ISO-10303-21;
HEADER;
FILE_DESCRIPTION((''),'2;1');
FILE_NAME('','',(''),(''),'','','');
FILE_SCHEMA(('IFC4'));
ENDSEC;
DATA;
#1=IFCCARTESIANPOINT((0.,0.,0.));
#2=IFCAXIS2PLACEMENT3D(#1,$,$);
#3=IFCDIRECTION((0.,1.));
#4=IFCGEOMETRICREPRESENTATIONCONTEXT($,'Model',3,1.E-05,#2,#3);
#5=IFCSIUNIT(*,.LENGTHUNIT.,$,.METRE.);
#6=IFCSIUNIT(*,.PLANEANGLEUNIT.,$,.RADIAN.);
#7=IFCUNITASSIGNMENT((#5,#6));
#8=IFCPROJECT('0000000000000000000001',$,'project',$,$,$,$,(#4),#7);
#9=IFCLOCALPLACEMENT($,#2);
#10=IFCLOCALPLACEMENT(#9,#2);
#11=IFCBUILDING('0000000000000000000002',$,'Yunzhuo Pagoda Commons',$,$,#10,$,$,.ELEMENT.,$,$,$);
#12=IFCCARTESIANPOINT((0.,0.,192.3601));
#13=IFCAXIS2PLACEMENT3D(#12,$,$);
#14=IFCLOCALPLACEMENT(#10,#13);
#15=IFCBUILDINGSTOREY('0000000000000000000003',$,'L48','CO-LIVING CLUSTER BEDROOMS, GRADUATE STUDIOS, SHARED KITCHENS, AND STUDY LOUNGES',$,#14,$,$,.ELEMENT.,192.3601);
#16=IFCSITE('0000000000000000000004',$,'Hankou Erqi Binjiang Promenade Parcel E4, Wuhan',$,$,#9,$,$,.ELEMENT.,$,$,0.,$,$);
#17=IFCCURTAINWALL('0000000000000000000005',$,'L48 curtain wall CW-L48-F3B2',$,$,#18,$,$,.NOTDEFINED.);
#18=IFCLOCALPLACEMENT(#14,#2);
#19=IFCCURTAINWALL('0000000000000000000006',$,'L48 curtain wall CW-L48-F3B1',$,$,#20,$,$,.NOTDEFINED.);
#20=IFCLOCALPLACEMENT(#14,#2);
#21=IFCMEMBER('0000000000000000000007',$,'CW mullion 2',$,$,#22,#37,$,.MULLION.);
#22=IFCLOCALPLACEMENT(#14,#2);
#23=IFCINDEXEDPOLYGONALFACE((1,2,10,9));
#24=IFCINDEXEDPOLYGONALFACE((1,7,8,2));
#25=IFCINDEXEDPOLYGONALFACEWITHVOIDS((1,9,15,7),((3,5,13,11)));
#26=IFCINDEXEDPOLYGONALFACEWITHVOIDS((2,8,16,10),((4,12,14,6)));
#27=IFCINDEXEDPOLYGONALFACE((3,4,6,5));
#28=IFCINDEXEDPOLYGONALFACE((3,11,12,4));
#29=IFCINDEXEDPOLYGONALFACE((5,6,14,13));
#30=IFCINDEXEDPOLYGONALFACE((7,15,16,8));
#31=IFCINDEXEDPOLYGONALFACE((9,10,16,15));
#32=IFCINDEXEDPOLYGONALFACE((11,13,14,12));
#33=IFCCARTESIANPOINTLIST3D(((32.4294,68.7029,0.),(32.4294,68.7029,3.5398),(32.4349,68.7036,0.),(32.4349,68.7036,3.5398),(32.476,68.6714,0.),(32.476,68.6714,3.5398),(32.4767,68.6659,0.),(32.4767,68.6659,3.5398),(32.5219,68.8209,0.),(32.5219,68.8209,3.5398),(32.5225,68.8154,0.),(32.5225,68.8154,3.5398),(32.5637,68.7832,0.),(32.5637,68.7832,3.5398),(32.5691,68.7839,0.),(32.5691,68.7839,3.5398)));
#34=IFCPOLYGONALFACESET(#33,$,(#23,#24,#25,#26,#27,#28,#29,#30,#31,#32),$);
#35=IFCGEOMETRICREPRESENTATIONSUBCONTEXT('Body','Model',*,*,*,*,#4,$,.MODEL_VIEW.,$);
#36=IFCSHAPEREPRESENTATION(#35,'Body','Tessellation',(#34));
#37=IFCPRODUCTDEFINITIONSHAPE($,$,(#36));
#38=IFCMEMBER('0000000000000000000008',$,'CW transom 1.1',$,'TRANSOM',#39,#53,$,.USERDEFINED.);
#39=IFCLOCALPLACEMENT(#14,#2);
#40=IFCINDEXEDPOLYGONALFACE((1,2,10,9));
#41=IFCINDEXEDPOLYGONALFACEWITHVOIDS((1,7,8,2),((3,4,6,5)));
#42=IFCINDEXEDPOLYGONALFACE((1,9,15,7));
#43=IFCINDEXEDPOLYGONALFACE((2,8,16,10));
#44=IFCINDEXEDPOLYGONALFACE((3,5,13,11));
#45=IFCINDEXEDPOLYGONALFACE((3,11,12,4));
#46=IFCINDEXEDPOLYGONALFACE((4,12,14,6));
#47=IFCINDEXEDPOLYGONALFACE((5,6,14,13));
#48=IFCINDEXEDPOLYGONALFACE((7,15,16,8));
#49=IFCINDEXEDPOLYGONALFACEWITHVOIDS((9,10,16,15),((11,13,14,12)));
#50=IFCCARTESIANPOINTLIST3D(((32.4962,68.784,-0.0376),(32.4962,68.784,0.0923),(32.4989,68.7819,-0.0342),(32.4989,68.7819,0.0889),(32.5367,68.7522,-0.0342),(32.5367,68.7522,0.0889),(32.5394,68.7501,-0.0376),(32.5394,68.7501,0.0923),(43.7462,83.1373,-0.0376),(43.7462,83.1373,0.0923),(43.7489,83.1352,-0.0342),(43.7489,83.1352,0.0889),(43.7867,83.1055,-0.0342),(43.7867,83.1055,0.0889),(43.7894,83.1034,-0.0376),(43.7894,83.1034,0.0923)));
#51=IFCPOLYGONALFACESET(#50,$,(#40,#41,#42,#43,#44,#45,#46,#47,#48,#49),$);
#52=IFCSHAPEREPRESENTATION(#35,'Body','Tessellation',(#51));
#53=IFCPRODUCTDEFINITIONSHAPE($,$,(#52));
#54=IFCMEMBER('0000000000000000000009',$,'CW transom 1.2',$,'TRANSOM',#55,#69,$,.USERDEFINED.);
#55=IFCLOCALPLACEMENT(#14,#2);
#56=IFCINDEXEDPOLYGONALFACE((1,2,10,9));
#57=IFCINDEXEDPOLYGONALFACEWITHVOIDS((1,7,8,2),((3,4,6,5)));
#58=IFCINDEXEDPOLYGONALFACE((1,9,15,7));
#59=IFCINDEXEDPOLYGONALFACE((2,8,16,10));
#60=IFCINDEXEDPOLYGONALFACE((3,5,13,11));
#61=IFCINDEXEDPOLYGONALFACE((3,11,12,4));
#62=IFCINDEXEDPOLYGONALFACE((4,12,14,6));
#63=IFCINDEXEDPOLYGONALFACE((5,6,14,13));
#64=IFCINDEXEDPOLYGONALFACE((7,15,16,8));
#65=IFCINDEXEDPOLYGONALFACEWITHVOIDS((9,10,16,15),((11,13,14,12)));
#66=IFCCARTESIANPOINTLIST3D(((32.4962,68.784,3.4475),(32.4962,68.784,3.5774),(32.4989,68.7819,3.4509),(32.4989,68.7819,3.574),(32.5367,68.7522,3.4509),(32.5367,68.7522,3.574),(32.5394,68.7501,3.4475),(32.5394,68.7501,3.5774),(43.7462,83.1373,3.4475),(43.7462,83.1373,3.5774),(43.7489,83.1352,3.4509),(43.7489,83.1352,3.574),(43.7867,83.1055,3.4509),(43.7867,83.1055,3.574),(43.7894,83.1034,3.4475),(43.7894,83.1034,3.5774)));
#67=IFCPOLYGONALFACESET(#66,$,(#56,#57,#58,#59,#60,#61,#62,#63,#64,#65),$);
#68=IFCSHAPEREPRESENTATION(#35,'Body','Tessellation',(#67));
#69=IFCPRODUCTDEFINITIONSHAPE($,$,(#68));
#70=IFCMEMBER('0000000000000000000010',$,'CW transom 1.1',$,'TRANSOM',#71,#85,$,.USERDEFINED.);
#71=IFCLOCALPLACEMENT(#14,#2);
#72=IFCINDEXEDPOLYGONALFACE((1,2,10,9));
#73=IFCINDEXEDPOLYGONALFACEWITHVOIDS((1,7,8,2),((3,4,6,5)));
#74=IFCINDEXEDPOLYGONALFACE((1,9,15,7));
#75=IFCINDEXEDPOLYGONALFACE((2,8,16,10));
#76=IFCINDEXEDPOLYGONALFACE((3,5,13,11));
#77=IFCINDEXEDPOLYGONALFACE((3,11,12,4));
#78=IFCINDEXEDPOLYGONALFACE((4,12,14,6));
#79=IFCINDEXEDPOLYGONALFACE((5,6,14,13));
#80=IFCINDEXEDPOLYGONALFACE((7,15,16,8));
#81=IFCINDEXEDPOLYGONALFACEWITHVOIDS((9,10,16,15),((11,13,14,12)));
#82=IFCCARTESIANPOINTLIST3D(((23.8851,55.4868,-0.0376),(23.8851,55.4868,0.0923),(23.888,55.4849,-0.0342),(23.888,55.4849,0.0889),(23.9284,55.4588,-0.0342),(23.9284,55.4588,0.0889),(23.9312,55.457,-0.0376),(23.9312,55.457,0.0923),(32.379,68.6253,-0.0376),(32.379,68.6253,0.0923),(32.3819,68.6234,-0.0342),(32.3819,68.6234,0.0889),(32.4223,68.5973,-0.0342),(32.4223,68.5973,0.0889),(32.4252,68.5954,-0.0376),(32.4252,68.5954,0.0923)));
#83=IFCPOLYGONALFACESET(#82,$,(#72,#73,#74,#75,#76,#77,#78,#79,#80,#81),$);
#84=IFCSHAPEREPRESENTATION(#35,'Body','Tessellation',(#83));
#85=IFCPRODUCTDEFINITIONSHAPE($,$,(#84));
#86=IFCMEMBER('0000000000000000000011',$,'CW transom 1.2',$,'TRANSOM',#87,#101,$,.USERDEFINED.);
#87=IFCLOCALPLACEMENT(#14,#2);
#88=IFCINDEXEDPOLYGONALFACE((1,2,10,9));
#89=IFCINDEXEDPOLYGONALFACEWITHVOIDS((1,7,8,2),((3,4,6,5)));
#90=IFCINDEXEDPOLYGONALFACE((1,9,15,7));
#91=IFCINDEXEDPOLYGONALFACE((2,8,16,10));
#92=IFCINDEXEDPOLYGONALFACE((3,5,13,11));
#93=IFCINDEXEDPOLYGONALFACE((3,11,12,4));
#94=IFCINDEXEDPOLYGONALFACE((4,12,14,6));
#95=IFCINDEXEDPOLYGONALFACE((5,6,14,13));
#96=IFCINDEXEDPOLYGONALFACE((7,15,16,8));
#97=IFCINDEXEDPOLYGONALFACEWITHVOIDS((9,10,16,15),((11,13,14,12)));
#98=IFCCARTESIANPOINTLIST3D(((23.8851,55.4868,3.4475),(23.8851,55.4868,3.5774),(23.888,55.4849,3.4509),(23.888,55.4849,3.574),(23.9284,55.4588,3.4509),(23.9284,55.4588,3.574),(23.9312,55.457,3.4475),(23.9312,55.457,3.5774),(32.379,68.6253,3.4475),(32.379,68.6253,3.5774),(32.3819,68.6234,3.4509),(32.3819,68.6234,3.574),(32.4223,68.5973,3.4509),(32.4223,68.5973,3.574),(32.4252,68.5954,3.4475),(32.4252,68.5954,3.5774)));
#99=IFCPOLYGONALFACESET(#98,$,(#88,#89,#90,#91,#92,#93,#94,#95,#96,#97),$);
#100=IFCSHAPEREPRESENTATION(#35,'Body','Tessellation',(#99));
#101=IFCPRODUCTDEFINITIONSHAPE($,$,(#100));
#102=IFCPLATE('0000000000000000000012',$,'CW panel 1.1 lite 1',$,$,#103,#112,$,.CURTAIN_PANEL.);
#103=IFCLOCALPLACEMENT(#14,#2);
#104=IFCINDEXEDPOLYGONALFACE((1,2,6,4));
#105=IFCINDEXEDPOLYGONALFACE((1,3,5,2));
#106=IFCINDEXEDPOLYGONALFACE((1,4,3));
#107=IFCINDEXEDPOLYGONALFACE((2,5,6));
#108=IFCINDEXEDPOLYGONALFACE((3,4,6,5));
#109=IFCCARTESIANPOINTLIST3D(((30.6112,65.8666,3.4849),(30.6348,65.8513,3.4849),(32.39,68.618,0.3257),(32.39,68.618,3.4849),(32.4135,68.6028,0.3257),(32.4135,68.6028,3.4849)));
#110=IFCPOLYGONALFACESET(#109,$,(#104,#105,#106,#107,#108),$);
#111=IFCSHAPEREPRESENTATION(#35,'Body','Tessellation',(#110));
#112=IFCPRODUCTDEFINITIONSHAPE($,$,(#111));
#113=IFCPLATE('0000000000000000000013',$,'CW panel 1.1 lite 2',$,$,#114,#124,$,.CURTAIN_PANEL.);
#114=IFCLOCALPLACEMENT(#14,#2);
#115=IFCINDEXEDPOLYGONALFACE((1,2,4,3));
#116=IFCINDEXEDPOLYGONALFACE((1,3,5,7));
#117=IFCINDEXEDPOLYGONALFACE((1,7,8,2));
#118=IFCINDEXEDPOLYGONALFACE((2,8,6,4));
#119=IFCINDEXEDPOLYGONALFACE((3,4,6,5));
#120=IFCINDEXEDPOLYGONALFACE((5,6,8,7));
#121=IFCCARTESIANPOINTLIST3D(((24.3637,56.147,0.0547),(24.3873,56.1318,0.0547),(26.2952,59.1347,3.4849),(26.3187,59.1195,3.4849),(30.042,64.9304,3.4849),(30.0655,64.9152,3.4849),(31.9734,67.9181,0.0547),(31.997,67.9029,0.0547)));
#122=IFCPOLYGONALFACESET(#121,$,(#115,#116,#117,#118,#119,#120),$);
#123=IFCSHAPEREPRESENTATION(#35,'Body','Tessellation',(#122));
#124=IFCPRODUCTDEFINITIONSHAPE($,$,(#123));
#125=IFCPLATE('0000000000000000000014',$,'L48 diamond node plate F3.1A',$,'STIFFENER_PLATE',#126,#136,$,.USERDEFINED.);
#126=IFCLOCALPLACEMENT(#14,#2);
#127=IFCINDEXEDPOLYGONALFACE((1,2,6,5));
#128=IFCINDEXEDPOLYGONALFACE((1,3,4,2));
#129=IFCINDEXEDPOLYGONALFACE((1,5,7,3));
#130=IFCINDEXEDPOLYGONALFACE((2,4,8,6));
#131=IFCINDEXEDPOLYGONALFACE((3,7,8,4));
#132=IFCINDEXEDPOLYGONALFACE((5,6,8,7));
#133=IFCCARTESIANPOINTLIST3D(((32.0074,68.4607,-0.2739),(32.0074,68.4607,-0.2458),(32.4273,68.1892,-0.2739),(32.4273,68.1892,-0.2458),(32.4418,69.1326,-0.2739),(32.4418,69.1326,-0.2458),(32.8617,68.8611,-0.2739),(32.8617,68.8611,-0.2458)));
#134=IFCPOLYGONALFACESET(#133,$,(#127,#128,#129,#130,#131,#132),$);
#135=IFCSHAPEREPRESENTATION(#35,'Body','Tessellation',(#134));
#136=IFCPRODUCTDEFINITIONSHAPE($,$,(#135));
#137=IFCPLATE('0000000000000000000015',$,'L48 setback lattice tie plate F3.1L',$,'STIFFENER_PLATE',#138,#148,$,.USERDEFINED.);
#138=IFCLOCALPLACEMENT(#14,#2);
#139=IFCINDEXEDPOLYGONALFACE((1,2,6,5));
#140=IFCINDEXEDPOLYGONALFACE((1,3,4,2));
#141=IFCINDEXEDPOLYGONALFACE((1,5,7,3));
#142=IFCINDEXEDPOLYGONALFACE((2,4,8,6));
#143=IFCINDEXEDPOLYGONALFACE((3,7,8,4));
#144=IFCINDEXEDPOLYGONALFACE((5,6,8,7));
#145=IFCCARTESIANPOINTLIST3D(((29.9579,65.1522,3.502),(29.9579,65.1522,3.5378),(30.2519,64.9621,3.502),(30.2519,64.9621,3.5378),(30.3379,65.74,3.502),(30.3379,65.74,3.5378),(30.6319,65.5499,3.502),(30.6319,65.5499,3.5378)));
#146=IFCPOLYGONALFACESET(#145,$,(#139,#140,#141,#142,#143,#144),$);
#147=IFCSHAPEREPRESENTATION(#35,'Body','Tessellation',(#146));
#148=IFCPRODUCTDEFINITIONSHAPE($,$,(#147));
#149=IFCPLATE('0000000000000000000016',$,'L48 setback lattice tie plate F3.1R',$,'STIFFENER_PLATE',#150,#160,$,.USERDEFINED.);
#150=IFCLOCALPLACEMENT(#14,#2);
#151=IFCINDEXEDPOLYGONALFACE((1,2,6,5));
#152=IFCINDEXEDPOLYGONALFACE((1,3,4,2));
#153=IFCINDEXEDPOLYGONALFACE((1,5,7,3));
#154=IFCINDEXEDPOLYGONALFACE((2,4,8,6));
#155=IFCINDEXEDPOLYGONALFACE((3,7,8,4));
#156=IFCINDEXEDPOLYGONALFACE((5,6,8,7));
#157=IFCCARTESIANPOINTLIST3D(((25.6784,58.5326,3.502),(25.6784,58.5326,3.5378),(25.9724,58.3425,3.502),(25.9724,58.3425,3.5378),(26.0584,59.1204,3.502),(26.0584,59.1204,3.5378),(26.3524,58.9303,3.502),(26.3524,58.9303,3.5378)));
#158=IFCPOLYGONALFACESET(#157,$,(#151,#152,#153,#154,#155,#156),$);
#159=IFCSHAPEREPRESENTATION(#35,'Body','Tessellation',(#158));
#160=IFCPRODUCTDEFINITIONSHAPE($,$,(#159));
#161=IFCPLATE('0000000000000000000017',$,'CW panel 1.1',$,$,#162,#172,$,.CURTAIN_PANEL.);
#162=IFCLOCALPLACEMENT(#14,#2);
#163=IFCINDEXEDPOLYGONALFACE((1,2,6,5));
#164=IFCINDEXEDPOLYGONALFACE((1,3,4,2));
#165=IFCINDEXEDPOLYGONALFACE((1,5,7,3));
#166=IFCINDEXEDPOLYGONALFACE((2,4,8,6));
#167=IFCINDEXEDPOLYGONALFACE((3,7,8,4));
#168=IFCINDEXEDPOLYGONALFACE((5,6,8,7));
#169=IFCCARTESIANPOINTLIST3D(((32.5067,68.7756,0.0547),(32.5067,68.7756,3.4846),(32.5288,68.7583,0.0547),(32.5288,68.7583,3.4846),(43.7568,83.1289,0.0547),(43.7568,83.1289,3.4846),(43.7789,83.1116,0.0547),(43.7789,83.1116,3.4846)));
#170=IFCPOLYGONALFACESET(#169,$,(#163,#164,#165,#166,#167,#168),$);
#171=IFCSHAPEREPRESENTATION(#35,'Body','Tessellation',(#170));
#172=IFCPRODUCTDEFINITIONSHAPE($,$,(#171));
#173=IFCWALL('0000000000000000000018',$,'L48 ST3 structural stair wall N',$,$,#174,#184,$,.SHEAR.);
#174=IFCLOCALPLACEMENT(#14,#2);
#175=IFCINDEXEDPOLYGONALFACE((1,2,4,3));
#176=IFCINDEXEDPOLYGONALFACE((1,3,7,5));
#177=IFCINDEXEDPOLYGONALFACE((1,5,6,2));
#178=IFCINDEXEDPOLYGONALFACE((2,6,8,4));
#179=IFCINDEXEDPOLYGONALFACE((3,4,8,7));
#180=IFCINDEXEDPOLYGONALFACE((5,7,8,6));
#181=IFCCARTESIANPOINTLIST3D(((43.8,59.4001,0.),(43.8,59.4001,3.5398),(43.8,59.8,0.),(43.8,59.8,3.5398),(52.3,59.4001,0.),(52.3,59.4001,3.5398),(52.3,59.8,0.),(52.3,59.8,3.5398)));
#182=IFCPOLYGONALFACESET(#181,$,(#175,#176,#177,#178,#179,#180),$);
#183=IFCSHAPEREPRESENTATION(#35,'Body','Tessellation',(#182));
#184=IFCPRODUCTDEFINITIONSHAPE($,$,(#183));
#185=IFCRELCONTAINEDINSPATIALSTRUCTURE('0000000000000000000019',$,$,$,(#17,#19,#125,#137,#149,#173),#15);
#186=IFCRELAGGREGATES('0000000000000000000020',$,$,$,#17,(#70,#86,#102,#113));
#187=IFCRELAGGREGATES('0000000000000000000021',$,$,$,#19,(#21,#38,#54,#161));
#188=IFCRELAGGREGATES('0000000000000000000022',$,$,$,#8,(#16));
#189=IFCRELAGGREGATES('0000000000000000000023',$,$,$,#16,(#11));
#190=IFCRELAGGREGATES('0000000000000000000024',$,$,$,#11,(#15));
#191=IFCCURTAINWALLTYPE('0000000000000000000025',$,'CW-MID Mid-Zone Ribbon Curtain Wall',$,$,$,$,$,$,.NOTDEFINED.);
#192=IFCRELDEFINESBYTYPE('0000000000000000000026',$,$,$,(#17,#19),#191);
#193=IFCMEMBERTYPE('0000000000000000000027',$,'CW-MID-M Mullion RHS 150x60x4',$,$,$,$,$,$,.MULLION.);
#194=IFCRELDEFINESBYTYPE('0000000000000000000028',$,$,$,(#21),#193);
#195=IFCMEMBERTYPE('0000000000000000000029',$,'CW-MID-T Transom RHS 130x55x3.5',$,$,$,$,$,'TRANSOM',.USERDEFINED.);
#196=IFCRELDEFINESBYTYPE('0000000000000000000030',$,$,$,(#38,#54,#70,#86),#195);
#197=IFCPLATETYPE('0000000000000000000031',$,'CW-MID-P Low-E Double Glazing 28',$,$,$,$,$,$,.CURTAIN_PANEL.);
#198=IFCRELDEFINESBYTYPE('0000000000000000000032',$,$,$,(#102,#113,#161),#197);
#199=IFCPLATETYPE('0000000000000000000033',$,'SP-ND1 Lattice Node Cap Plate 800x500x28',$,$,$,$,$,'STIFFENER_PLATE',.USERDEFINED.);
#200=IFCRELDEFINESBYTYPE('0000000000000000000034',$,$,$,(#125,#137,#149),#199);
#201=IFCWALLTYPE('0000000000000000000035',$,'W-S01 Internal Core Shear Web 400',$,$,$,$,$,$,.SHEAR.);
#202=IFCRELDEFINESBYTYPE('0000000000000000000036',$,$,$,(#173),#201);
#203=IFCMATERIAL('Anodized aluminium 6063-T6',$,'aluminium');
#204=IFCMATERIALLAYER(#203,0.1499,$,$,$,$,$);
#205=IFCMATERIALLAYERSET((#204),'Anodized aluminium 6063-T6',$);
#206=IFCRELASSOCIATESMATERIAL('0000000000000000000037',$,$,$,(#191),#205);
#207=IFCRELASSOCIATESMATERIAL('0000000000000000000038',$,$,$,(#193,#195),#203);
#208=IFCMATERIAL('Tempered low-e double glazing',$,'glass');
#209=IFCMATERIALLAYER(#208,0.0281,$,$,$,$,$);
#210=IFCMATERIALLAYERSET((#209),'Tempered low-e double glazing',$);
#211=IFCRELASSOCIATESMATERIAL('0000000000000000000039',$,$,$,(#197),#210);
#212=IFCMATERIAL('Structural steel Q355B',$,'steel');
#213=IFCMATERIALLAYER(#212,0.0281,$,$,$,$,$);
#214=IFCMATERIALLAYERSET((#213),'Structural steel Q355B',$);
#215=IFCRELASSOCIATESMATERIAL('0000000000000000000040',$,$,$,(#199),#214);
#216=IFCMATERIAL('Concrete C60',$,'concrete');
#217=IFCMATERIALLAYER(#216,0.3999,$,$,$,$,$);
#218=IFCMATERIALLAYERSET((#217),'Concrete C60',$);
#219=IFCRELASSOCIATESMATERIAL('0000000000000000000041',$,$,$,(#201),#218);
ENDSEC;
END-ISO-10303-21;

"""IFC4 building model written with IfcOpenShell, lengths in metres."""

from ifc_helpers import new_model, si_unit, direction, frame, frame_2d, origin, origin_2d, place, context, subcontext, project, spatial, polyline, rectangle, hollow_rectangle, outline, extrude, source, transform, mapped, material, layer, layer_set, material_profile, profile_set, type_object, element, aggregate, save


model = new_model("IFC4")

# Units and contexts
model_context = context("Model", 3, precision=1e-05, world=origin(), true_north=direction((0.0, 1.0)))
body_context = subcontext(model_context, "Body", "Model", "MODEL_VIEW")
ifc_project = project(units=[si_unit("LENGTHUNIT", "METRE"), si_unit("PLANEANGLEUNIT", "RADIAN")], contexts=[model_context])

# Site, building, storey
site_placement = place(None, origin())
site = spatial("IfcSite", under=ifc_project, at=site_placement, Name="Hankou Erqi Binjiang Promenade Parcel E4, Wuhan", CompositionType="ELEMENT", RefElevation=0.0)
building_placement = place(site_placement, origin())
building = spatial("IfcBuilding", under=site, at=building_placement, Name="Yunzhuo Pagoda Commons", CompositionType="ELEMENT")
storey_placement = place(building_placement, frame((0.0, 0.0, 192.3601)))
storey = spatial("IfcBuildingStorey", under=building, at=storey_placement, Name="L48", Description="CO-LIVING CLUSTER BEDROOMS, GRADUATE STUDIOS, SHARED KITCHENS, AND STUDY LOUNGES", CompositionType="ELEMENT", Elevation=192.3601)

# Shared definitions
ifc_material_1 = material(Name="Structural steel Q355B", Category="steel")

# Curtain wall
ifc_material_2 = material(Name="Anodized aluminium 6063-T6", Category="aluminium")
ifc_layer_1 = layer(ifc_material_2, 0.1499)
ifc_layer_set_1 = layer_set([ifc_layer_1], Name="Anodized aluminium 6063-T6")
curtain_wall_type = type_object("IfcCurtainWallType", Name="CW-MID Mid-Zone Ribbon Curtain Wall", PredefinedType="NOTDEFINED", material=ifc_layer_set_1)
curtain_wall_1_placement = place(storey_placement, origin())
curtain_wall_1 = element("IfcCurtainWall", 1, at=curtain_wall_1_placement, inside=storey, type_object=curtain_wall_type, Name="L48 curtain wall CW-L48-F3B2", PredefinedType="NOTDEFINED")
ifc_material_profile_1 = material_profile(ifc_material_2, hollow_rectangle(XDim=0.0601, YDim=0.1499, WallThickness=0.0039, at=origin_2d()), Name="Anodized aluminium 6063-T6")
ifc_profile_set_1 = profile_set([ifc_material_profile_1], Name="Anodized aluminium 6063-T6")
member_type_1 = type_object("IfcMemberType", Name="CW-MID-M Mullion RHS 150x60x4", PredefinedType="MULLION", material=ifc_profile_set_1)
shared_shape_1 = source(origin(), body_context, "Body", "SweptSolid", [
    extrude(hollow_rectangle(XDim=0.0601, YDim=0.1499, WallThickness=0.0039, at=origin_2d()), origin(), (0.0, 0.0, 1.0), 3.5398),
])

# Curtain wall, members
curtain_wall_2_placement = place(storey_placement, origin())
curtain_wall_2 = element("IfcCurtainWall", 2, at=curtain_wall_2_placement, inside=storey, type_object=curtain_wall_type, Name="L48 curtain wall CW-L48-F3B1", PredefinedType="NOTDEFINED")
member_1_placement = place(storey_placement, frame((32.4993, 68.7434, 0.0), z_axis=(0.0, 0.0, 1.0), x_axis=(0.78705, -0.616889, 0.0)))
member_1 = element("IfcMember", 3, at=member_1_placement, type_object=member_type_1, Name="CW mullion 2", PredefinedType="MULLION", context=body_context, shape_type="MappedRepresentation", body=[
    mapped(shared_shape_1, transform((0.0, 0.0, 0.0), scale=1.0)),
])
ifc_material_profile_2 = material_profile(ifc_material_2, hollow_rectangle(XDim=0.0549, YDim=0.1299, WallThickness=0.0034, at=origin_2d()), Name="Anodized aluminium 6063-T6")
ifc_profile_set_2 = profile_set([ifc_material_profile_2], Name="Anodized aluminium 6063-T6")
member_type_2 = type_object("IfcMemberType", Name="CW-MID-T Transom RHS 130x55x3.5", ElementType="TRANSOM", PredefinedType="USERDEFINED", material=ifc_profile_set_2)
shared_shape_2 = source(origin(), body_context, "Body", "SweptSolid", [
    extrude(hollow_rectangle(XDim=0.0549, YDim=0.1299, WallThickness=0.0034, at=origin_2d()), origin(), (0.0, 0.0, 1.0), 18.2368),
])
member_2_placement = place(storey_placement, frame((43.7678, 83.1204, 0.0273), z_axis=(-0.616886, -0.787052, 0.0), x_axis=(0.787052, -0.616886, 0.0)))
member_2 = element("IfcMember", 4, at=member_2_placement, type_object=member_type_2, Name="CW transom 1.1", ObjectType="TRANSOM", PredefinedType="USERDEFINED", context=body_context, shape_type="MappedRepresentation", body=[
    mapped(shared_shape_2, transform((0.0, 0.0, 0.0), scale=1.0)),
])
member_3_placement = place(storey_placement, frame((43.7678, 83.1204, 3.5125), z_axis=(-0.616886, -0.787052, 0.0), x_axis=(0.787052, -0.616886, 0.0)))
member_3 = element("IfcMember", 5, at=member_3_placement, type_object=member_type_2, Name="CW transom 1.2", ObjectType="TRANSOM", PredefinedType="USERDEFINED", context=body_context, shape_type="MappedRepresentation", body=[
    mapped(shared_shape_2, transform((0.0, 0.0, 0.0), scale=1.0)),
])

# Members
shared_shape_3 = source(origin(), body_context, "Body", "SweptSolid", [
    extrude(hollow_rectangle(XDim=0.0549, YDim=0.1299, WallThickness=0.0034, at=origin_2d()), origin(), (0.0, 0.0, 1.0), 15.645),
])
member_4_placement = place(storey_placement, frame((32.4021, 68.6104, 0.0273), z_axis=(-0.542916, -0.839787, 0.0), x_axis=(0.839787, -0.542916, 0.0)))
member_4 = element("IfcMember", 6, at=member_4_placement, type_object=member_type_2, Name="CW transom 1.1", ObjectType="TRANSOM", PredefinedType="USERDEFINED", context=body_context, shape_type="MappedRepresentation", body=[
    mapped(shared_shape_3, transform((0.0, 0.0, 0.0), scale=1.0)),
])
member_5_placement = place(storey_placement, frame((32.4021, 68.6104, 3.5125), z_axis=(-0.542916, -0.839787, 0.0), x_axis=(0.839787, -0.542916, 0.0)))
member_5 = element("IfcMember", 7, at=member_5_placement, type_object=member_type_2, Name="CW transom 1.2", ObjectType="TRANSOM", PredefinedType="USERDEFINED", context=body_context, shape_type="MappedRepresentation", body=[
    mapped(shared_shape_3, transform((0.0, 0.0, 0.0), scale=1.0)),
])

# Plates
ifc_material_3 = material(Name="Tempered low-e double glazing", Category="glass")
ifc_layer_2 = layer(ifc_material_3, 0.0281)
ifc_layer_set_2 = layer_set([ifc_layer_2], Name="Tempered low-e double glazing")
plate_type_1 = type_object("IfcPlateType", Name="CW-MID-P Low-E Double Glazing 28", PredefinedType="CURTAIN_PANEL", material=ifc_layer_set_2)
plate_1_placement = place(storey_placement, frame((31.5242, 67.2271, 1.9053), z_axis=(-0.839794, 0.542905, 0.0), x_axis=(-0.542905, -0.839794, 0.0)))
plate_1 = element("IfcPlate", 8, at=plate_1_placement, type_object=plate_type_1, Name="CW panel 1.1 lite 1", PredefinedType="CURTAIN_PANEL", context=body_context, shape_type="SweptSolid", body=[
    extrude(outline(polyline([(-1.6382, -1.5796), (1.6382, 1.5796), (-1.6382, 1.5796), (-1.6382, -1.5796)])), origin(), (0.0, 0.0, 1.0), 0.0281),
])
plate_2_placement = place(storey_placement, frame((28.1921, 62.0173, 1.7698), z_axis=(-0.839794, 0.542905, 0.0), x_axis=(-0.542905, -0.839794, 0.0)))
plate_2 = element("IfcPlate", 9, at=plate_2_placement, type_object=plate_type_1, Name="CW panel 1.1 lite 2", PredefinedType="CURTAIN_PANEL", context=body_context, shape_type="SweptSolid", body=[
    extrude(outline(polyline([(-7.0083, -1.7151), (7.0083, -1.7151), (3.4507, 1.7151), (-3.4507, 1.7151), (-7.0083, -1.7151)])), origin(), (0.0, 0.0, 1.0), 0.0281),
])
aggregate(curtain_wall_1, [member_4, member_5, plate_1, plate_2])

# Plates
ifc_layer_3 = layer(ifc_material_1, 0.0281)
ifc_layer_set_3 = layer_set([ifc_layer_3], Name="Structural steel Q355B")
plate_type_2 = type_object("IfcPlateType", Name="SP-ND1 Lattice Node Cap Plate 800x500x28", ElementType="STIFFENER_PLATE", PredefinedType="USERDEFINED", material=ifc_layer_set_3)
shared_shape_4 = source(origin(), body_context, "Body", "SweptSolid", [
    extrude(rectangle(XDim=0.8, YDim=0.5, at=origin_2d()), origin(), (0.0, 0.0, 1.0), 0.0281),
])
plate_3_placement = place(storey_placement, frame((32.4346, 68.6609, -0.2739), z_axis=(0.0, 0.0, 1.0), x_axis=(-0.542911, -0.83979, 0.0)))
element("IfcPlate", 10, at=plate_3_placement, inside=storey, type_object=plate_type_2, Name="L48 diamond node plate F3.1A", ObjectType="STIFFENER_PLATE", PredefinedType="USERDEFINED", context=body_context, shape_type="MappedRepresentation", body=[
    mapped(shared_shape_4, transform((0.0, 0.0, 0.0), scale=1.0)),
])
shared_shape_5 = source(origin(), body_context, "Body", "SweptSolid", [
    extrude(rectangle(XDim=0.7, YDim=0.3501, at=origin_2d()), origin(), (0.0, 0.0, 1.0), 0.0359),
])
for number, where, z_axis, x_axis, name in (
    (11, (30.2949, 65.3511, 3.502), (0.0, 0.0, 1.0), (-0.542911, -0.83979, 0.0), "L48 setback lattice tie plate F3.1L"),
    (12, (26.0154, 58.7314, 3.502), (0.0, 0.0, 1.0), (-0.542911, -0.83979, 0.0), "L48 setback lattice tie plate F3.1R"),
):
    element("IfcPlate", number, at=place(storey_placement, frame(where, z_axis=z_axis, x_axis=x_axis)), inside=storey, type_object=plate_type_2, Name=name, ObjectType="STIFFENER_PLATE", PredefinedType="USERDEFINED", context=body_context, shape_type="MappedRepresentation", body=[
        mapped(shared_shape_5, transform((0.0, 0.0, 0.0), scale=1.0)),
    ])

# Plate
shared_shape_6 = source(origin(), body_context, "Body", "SweptSolid", [
    extrude(rectangle(XDim=18.2368, YDim=0.0281, at=origin_2d()), origin(), (0.0, 0.0, 1.0), 3.4299),
])
plate_4_placement = place(storey_placement, frame((38.1428, 75.9436, 0.0547), z_axis=(0.0, 0.0, 1.0), x_axis=(-0.616889, -0.78705, 0.0)))
plate_4 = element("IfcPlate", 13, at=plate_4_placement, type_object=plate_type_1, Name="CW panel 1.1", PredefinedType="CURTAIN_PANEL", context=body_context, shape_type="MappedRepresentation", body=[
    mapped(shared_shape_6, transform((0.0, 0.0, 0.0), scale=1.0)),
])
aggregate(curtain_wall_2, [member_1, member_2, member_3, plate_4])

# Wall
ifc_material_4 = material(Name="Concrete C60", Category="concrete")
ifc_layer_4 = layer(ifc_material_4, 0.3999)
ifc_layer_set_4 = layer_set([ifc_layer_4], Name="Concrete C60")
wall_type = type_object("IfcWallType", Name="W-S01 Internal Core Shear Web 400", PredefinedType="SHEAR", material=ifc_layer_set_4)
wall_placement = place(storey_placement, frame((43.8, 59.6001, 0.0), z_axis=(0.0, 0.0, 1.0), x_axis=(1.0, 0.0, 0.0)))
element("IfcWall", 14, at=wall_placement, inside=storey, type_object=wall_type, Name="L48 ST3 structural stair wall N", PredefinedType="SHEAR", context=body_context, shape_type="SweptSolid", body=[
    extrude(rectangle(XDim=8.5, YDim=0.3999, at=frame_2d((4.25, 0.0))), origin(), (0.0, 0.0, 1.0), 3.5398),
])

save(model, "model.ifc")
